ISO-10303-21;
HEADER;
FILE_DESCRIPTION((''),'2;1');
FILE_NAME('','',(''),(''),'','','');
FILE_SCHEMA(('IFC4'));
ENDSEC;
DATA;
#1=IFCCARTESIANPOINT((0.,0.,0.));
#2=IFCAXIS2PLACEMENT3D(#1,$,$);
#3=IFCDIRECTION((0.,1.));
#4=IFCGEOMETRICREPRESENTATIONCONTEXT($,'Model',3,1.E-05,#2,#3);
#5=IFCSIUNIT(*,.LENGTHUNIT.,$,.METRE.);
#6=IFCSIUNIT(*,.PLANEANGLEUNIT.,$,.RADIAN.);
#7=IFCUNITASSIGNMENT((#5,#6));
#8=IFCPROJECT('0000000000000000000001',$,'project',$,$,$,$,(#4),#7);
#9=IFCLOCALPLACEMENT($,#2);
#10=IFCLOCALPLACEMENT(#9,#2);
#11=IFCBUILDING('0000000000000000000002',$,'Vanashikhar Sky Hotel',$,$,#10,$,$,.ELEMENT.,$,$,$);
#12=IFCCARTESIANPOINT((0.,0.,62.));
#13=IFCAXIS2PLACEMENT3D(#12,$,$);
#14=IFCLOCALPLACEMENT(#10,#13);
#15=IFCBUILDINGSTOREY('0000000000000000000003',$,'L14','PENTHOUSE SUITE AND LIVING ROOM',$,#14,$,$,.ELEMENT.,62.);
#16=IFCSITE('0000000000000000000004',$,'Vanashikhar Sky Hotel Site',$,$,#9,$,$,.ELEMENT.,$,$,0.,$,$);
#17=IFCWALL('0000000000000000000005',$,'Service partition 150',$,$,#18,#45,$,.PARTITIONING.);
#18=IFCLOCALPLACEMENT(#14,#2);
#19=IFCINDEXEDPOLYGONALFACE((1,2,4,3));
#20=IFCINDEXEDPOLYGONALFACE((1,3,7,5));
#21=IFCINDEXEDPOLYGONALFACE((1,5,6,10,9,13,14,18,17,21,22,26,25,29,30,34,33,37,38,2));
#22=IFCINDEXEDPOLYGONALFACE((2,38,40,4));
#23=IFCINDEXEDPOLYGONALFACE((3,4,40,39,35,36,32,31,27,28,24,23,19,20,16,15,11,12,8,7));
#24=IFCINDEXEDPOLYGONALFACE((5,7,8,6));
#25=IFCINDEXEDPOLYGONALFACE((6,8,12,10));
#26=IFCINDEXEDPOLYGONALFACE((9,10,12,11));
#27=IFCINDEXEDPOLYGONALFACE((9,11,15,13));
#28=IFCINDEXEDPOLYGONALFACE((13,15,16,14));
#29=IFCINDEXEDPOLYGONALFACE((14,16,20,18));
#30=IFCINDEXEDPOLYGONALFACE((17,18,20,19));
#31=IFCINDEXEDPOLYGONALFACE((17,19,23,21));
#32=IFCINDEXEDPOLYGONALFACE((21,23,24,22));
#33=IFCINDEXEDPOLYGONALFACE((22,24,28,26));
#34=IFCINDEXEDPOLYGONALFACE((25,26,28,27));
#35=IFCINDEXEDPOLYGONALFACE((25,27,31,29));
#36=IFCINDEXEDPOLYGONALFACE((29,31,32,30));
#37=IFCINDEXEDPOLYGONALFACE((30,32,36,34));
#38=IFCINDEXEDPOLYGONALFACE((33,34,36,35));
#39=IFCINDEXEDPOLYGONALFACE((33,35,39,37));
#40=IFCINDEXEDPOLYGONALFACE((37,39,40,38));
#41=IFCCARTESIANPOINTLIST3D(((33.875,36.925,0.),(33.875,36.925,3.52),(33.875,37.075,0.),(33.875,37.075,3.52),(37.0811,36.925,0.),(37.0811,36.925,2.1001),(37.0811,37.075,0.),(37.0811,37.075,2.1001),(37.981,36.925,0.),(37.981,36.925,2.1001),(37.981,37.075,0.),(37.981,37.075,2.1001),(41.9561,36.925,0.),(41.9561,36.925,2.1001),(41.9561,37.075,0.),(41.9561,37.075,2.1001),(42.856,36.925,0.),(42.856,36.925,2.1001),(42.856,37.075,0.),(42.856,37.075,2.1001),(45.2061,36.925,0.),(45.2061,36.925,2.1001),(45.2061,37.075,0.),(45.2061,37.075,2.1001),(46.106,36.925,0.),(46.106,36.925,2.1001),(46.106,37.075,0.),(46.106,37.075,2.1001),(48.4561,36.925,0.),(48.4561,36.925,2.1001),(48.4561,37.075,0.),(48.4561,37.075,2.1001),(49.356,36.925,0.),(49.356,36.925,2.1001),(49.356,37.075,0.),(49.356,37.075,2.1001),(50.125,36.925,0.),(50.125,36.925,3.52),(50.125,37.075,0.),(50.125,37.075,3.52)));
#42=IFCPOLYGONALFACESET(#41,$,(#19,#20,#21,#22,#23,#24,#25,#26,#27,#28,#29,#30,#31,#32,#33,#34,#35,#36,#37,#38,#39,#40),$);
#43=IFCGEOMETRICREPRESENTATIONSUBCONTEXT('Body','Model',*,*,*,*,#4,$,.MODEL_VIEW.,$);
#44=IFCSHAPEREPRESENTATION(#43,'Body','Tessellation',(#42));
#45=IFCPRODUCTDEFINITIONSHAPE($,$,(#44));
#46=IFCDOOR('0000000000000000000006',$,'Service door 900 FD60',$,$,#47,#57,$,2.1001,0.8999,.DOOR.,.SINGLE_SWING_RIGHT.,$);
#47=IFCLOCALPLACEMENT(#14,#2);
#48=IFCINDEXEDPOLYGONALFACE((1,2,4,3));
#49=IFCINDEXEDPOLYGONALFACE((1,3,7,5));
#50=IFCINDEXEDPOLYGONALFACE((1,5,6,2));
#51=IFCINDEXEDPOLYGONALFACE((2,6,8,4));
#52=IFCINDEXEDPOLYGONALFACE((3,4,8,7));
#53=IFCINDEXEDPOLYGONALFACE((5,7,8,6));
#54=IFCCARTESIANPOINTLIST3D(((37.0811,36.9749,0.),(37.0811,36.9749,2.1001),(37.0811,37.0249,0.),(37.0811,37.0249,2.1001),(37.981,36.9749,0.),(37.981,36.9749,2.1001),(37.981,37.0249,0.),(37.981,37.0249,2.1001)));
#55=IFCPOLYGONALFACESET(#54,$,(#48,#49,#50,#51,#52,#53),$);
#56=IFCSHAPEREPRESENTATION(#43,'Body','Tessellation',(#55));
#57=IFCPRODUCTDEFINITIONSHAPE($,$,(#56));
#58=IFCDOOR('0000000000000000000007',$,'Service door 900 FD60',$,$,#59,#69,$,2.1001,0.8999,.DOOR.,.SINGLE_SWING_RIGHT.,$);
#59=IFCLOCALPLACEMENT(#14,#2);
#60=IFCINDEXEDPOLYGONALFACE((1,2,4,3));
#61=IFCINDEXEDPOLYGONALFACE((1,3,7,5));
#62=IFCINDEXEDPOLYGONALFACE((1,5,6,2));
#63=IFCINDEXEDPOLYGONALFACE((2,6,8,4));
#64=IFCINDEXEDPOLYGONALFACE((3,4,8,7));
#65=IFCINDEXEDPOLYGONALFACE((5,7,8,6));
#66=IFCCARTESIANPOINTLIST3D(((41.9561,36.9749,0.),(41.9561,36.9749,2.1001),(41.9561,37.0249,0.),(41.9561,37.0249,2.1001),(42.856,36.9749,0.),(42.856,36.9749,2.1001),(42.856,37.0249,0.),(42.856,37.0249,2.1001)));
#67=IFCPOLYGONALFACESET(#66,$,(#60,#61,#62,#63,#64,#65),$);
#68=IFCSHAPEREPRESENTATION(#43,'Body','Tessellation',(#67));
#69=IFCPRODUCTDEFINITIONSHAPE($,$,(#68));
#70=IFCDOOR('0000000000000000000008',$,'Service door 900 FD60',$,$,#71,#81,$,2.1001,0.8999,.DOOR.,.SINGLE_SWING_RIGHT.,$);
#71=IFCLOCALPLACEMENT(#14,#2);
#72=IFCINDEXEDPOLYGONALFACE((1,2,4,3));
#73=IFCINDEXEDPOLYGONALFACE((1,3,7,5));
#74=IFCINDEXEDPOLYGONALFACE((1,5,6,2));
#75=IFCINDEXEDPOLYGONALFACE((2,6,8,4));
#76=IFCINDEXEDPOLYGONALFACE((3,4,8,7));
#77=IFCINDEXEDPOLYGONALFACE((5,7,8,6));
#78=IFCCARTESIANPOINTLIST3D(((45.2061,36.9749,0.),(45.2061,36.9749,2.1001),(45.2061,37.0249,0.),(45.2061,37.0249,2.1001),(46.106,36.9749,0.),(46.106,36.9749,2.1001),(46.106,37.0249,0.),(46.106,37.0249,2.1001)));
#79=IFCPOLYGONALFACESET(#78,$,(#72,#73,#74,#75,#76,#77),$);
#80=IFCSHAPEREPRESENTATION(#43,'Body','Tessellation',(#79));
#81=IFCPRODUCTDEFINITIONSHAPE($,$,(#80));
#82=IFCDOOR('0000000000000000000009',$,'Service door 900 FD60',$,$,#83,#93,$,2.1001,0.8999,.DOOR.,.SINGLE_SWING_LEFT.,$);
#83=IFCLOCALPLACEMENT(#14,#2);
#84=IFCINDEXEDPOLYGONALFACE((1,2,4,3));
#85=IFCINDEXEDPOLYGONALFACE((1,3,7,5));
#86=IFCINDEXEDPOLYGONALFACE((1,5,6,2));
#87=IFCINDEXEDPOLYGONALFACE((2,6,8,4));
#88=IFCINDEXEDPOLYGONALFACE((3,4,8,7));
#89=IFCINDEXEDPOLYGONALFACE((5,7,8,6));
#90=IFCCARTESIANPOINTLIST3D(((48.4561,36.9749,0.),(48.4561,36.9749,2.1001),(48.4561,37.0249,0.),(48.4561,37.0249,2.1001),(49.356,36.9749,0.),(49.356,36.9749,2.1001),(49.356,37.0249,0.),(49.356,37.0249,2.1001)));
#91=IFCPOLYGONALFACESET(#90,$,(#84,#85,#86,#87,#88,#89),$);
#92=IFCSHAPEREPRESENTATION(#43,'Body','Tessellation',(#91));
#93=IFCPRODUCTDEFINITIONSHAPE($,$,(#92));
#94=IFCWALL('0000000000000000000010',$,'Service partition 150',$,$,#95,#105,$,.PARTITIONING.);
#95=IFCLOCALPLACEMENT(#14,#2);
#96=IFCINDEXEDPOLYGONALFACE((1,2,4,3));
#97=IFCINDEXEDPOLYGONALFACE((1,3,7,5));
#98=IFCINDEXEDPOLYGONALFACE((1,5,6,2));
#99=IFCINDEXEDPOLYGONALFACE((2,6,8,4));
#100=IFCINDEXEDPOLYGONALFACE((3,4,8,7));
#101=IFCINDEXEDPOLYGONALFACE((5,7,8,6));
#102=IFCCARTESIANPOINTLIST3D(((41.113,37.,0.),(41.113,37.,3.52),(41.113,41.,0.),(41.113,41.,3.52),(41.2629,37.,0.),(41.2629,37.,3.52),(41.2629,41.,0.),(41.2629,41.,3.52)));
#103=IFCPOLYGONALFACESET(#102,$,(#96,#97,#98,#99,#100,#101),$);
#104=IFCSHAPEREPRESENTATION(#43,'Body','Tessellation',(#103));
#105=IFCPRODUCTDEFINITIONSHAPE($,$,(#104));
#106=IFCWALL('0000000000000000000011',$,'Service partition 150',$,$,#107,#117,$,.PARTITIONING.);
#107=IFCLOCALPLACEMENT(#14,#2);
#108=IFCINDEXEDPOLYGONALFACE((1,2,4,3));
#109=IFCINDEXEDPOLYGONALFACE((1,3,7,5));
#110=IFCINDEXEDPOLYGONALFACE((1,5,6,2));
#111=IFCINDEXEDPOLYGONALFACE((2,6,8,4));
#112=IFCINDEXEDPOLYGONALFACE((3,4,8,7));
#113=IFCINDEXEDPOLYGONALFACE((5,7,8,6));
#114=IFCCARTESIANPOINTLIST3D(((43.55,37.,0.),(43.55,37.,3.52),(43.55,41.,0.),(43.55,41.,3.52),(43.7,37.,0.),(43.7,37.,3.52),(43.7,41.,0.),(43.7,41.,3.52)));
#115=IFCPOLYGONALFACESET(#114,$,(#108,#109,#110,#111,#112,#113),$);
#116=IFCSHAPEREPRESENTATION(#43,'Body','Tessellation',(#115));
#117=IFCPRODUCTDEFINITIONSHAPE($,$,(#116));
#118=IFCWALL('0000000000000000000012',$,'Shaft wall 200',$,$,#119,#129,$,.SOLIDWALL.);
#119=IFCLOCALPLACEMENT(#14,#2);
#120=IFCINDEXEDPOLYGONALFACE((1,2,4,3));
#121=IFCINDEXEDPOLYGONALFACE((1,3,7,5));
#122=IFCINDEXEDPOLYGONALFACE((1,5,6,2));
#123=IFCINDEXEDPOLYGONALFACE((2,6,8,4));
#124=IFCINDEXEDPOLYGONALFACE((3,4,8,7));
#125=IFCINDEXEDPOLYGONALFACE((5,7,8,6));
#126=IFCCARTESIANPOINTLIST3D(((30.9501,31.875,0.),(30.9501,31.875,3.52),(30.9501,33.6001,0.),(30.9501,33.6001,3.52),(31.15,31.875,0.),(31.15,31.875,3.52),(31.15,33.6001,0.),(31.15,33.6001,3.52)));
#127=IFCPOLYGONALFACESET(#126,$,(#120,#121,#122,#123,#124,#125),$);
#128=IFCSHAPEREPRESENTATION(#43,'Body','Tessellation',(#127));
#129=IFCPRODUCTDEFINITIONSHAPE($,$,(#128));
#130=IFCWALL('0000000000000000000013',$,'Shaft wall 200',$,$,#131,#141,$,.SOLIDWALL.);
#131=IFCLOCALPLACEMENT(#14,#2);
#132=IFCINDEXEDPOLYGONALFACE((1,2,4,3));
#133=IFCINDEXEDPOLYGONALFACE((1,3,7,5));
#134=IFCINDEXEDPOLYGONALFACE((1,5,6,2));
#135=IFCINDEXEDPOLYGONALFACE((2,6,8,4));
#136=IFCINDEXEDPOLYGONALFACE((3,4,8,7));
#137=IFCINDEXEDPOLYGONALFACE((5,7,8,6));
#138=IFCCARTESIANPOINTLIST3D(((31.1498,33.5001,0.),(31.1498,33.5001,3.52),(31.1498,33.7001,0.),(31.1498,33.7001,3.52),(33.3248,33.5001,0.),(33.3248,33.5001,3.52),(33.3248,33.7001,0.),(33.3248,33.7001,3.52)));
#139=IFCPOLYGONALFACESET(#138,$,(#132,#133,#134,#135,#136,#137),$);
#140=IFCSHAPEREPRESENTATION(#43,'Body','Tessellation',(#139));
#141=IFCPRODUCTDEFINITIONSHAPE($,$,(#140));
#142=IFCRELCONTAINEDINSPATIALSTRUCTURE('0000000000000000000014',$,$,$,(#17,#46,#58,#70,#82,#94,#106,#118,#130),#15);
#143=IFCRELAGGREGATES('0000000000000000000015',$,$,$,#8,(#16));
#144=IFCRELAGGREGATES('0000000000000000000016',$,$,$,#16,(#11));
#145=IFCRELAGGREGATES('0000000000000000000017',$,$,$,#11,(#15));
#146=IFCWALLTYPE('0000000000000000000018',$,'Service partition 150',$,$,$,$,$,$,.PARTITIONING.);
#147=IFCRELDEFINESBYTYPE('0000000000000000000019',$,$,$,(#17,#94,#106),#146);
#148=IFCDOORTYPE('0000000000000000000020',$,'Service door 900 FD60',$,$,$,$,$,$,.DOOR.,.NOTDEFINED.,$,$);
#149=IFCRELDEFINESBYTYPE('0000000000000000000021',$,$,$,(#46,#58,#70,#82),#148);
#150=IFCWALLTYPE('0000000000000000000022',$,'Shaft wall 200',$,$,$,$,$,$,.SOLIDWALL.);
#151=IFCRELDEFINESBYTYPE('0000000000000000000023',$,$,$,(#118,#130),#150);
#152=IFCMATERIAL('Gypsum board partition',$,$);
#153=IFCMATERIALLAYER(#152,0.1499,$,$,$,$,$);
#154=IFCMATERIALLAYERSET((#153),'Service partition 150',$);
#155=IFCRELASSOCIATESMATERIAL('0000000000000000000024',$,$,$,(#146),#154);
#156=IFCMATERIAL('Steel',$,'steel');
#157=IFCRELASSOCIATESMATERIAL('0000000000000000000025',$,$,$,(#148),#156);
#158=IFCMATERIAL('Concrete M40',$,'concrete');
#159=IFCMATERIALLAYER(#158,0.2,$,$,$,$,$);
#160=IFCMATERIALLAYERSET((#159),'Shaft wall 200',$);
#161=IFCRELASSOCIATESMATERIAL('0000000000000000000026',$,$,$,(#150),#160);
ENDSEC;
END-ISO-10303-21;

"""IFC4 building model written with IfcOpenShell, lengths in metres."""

from ifc_helpers import new_model, si_unit, direction, frame, frame_2d, origin, place, context, subcontext, project, spatial, rectangle, extrude, source, transform, mapped, material, layer, layer_set, type_object, element, fill, save


model = new_model("IFC4")

# Units and contexts
model_context = context("Model", 3, precision=1e-05, world=origin(), true_north=direction((0.0, 1.0)))
body_context = subcontext(model_context, "Body", "Model", "MODEL_VIEW")
ifc_project = project(units=[si_unit("LENGTHUNIT", "METRE"), si_unit("PLANEANGLEUNIT", "RADIAN")], contexts=[model_context])

# Site, building, storey
site_placement = place(None, origin())
site = spatial("IfcSite", under=ifc_project, at=site_placement, Name="Vanashikhar Sky Hotel Site", CompositionType="ELEMENT", RefElevation=0.0)
building_placement = place(site_placement, origin())
building = spatial("IfcBuilding", under=site, at=building_placement, Name="Vanashikhar Sky Hotel", CompositionType="ELEMENT")
storey_placement = place(building_placement, frame((0.0, 0.0, 62.0)))
storey = spatial("IfcBuildingStorey", under=building, at=storey_placement, Name="L14", Description="PENTHOUSE SUITE AND LIVING ROOM", CompositionType="ELEMENT", Elevation=62.0)

# Shared definitions
ifc_material_1 = material(Name="Steel", Category="steel")

# Shared definitions
ifc_material_2 = material(Name="Gypsum board partition")
ifc_layer_1 = layer(ifc_material_2, 0.1499)
ifc_layer_set_1 = layer_set([ifc_layer_1], Name="Service partition 150")
wall_type_1 = type_object("IfcWallType", Name="Service partition 150", PredefinedType="PARTITIONING", material=ifc_layer_set_1)

# Wall, openings, doors
shared_shape_1 = source(origin(), body_context, "Body", "SweptSolid", [
    extrude(rectangle(XDim=0.8999, YDim=2.1001, at=frame_2d((0.45, 1.05))), frame((0.0, 0.085, 0.0), z_axis=(0.0, -1.0, 0.0), x_axis=(1.0, 0.0, 0.0)), (0.0, 0.0, 1.0), 0.1699),
])
door_type_1 = type_object("IfcDoorType", Name="Service door 900 FD60", OperationType="NOTDEFINED", PredefinedType="DOOR", material=ifc_material_1)
shared_shape_2 = source(origin(), body_context, "Body", "SweptSolid", [
    extrude(rectangle(XDim=0.8999, YDim=2.1001, at=frame_2d((0.45, 1.05))), frame((0.0, 0.0249, 0.0), z_axis=(0.0, -1.0, 0.0), x_axis=(1.0, 0.0, 0.0)), (0.0, 0.0, 1.0), 0.05),
])
shared_shape_3 = source(origin(), body_context, "Body", "SweptSolid", [
    extrude(rectangle(XDim=16.25, YDim=0.1499, at=frame_2d((8.125, 0.0))), origin(), (0.0, 0.0, 1.0), 3.52),
])
wall_1_placement = place(storey_placement, frame((33.875, 37.0, 0.0), z_axis=(0.0, 0.0, 1.0), x_axis=(1.0, 0.0, 0.0)))
wall_1 = element("IfcWall", 1, at=wall_1_placement, inside=storey, type_object=wall_type_1, Name="Service partition 150", PredefinedType="PARTITIONING", context=body_context, shape_type="MappedRepresentation", body=[
    mapped(shared_shape_3, transform((0.0, 0.0, 0.0), scale=1.0)),
])
opening_1_placement = place(wall_1_placement, frame((3.2061, 0.0, 0.0)))
opening_1 = element("IfcOpeningElement", 2, at=opening_1_placement, cuts=wall_1, PredefinedType="OPENING", context=body_context, shape_type="MappedRepresentation", body=[
    mapped(shared_shape_1, transform((0.0, 0.0, 0.0), scale=1.0)),
])
opening_2_placement = place(wall_1_placement, frame((8.0811, 0.0, 0.0)))
opening_2 = element("IfcOpeningElement", 3, at=opening_2_placement, cuts=wall_1, PredefinedType="OPENING", context=body_context, shape_type="MappedRepresentation", body=[
    mapped(shared_shape_1, transform((0.0, 0.0, 0.0), scale=1.0)),
])
opening_3_placement = place(wall_1_placement, frame((11.3311, 0.0, 0.0)))
opening_3 = element("IfcOpeningElement", 4, at=opening_3_placement, cuts=wall_1, PredefinedType="OPENING", context=body_context, shape_type="MappedRepresentation", body=[
    mapped(shared_shape_1, transform((0.0, 0.0, 0.0), scale=1.0)),
])
opening_4_placement = place(wall_1_placement, frame((14.5811, 0.0, 0.0)))
opening_4 = element("IfcOpeningElement", 5, at=opening_4_placement, cuts=wall_1, PredefinedType="OPENING", context=body_context, shape_type="MappedRepresentation", body=[
    mapped(shared_shape_1, transform((0.0, 0.0, 0.0), scale=1.0)),
])
door_1_placement = place(opening_1_placement, origin())
door_1 = element("IfcDoor", 6, at=door_1_placement, inside=storey, type_object=door_type_1, Name="Service door 900 FD60", OperationType="SINGLE_SWING_RIGHT", OverallHeight=2.1001, OverallWidth=0.8999, PredefinedType="DOOR", context=body_context, shape_type="MappedRepresentation", body=[
    mapped(shared_shape_2, transform((0.0, 0.0, 0.0), scale=1.0)),
])
fill(opening_1, door_1)
door_2_placement = place(opening_2_placement, origin())
door_2 = element("IfcDoor", 7, at=door_2_placement, inside=storey, type_object=door_type_1, Name="Service door 900 FD60", OperationType="SINGLE_SWING_RIGHT", OverallHeight=2.1001, OverallWidth=0.8999, PredefinedType="DOOR", context=body_context, shape_type="MappedRepresentation", body=[
    mapped(shared_shape_2, transform((0.0, 0.0, 0.0), scale=1.0)),
])
fill(opening_2, door_2)
door_3_placement = place(opening_3_placement, origin())
door_3 = element("IfcDoor", 8, at=door_3_placement, inside=storey, type_object=door_type_1, Name="Service door 900 FD60", OperationType="SINGLE_SWING_RIGHT", OverallHeight=2.1001, OverallWidth=0.8999, PredefinedType="DOOR", context=body_context, shape_type="MappedRepresentation", body=[
    mapped(shared_shape_2, transform((0.0, 0.0, 0.0), scale=1.0)),
])
fill(opening_3, door_3)
door_4_placement = place(opening_4_placement, origin())
door_4 = element("IfcDoor", 9, at=door_4_placement, inside=storey, type_object=door_type_1, Name="Service door 900 FD60", OperationType="SINGLE_SWING_LEFT", OverallHeight=2.1001, OverallWidth=0.8999, PredefinedType="DOOR", context=body_context, shape_type="MappedRepresentation", body=[
    mapped(shared_shape_2, transform((0.0, 0.0, 0.0), scale=1.0)),
])
fill(opening_4, door_4)

# Walls
shared_shape_4 = source(origin(), body_context, "Body", "SweptSolid", [
    extrude(rectangle(XDim=4.0, YDim=0.1499, at=frame_2d((2.0, 0.0))), origin(), (0.0, 0.0, 1.0), 3.52),
])
for number, where, z_axis, x_axis, name in (
    (10, (41.188, 37.0, 0.0), (0.0, 0.0, 1.0), (0.0, 1.0, 0.0), "Service partition 150"),
    (11, (43.625, 37.0, 0.0), (0.0, 0.0, 1.0), (0.0, 1.0, 0.0), "Service partition 150"),
):
    element("IfcWall", number, at=place(storey_placement, frame(where, z_axis=z_axis, x_axis=x_axis)), inside=storey, type_object=wall_type_1, Name=name, PredefinedType="PARTITIONING", context=body_context, shape_type="MappedRepresentation", body=[
        mapped(shared_shape_4, transform((0.0, 0.0, 0.0), scale=1.0)),
    ])
ifc_material_3 = material(Name="Concrete M40", Category="concrete")
ifc_layer_2 = layer(ifc_material_3, 0.2)
ifc_layer_set_2 = layer_set([ifc_layer_2], Name="Shaft wall 200")
wall_type_2 = type_object("IfcWallType", Name="Shaft wall 200", PredefinedType="SOLIDWALL", material=ifc_layer_set_2)
shared_shape_5 = source(origin(), body_context, "Body", "SweptSolid", [
    extrude(rectangle(XDim=1.7251, YDim=0.2, at=frame_2d((0.8625, 0.0))), origin(), (0.0, 0.0, 1.0), 3.52),
])
wall_2_placement = place(storey_placement, frame((31.05, 31.875, 0.0), z_axis=(0.0, 0.0, 1.0), x_axis=(0.0, 1.0, 0.0)))
element("IfcWall", 12, at=wall_2_placement, inside=storey, type_object=wall_type_2, Name="Shaft wall 200", PredefinedType="SOLIDWALL", context=body_context, shape_type="MappedRepresentation", body=[
    mapped(shared_shape_5, transform((0.0, 0.0, 0.0), scale=1.0)),
])
shared_shape_6 = source(origin(), body_context, "Body", "SweptSolid", [
    extrude(rectangle(XDim=2.175, YDim=0.2, at=frame_2d((1.0874, 0.0))), origin(), (0.0, 0.0, 1.0), 3.52),
])
wall_3_placement = place(storey_placement, frame((31.1499, 33.6001, 0.0), z_axis=(0.0, 0.0, 1.0), x_axis=(1.0, 0.0, 0.0)))
element("IfcWall", 13, at=wall_3_placement, inside=storey, type_object=wall_type_2, Name="Shaft wall 200", PredefinedType="SOLIDWALL", context=body_context, shape_type="MappedRepresentation", body=[
    mapped(shared_shape_6, transform((0.0, 0.0, 0.0), scale=1.0)),
])

save(model, "model.ifc")
